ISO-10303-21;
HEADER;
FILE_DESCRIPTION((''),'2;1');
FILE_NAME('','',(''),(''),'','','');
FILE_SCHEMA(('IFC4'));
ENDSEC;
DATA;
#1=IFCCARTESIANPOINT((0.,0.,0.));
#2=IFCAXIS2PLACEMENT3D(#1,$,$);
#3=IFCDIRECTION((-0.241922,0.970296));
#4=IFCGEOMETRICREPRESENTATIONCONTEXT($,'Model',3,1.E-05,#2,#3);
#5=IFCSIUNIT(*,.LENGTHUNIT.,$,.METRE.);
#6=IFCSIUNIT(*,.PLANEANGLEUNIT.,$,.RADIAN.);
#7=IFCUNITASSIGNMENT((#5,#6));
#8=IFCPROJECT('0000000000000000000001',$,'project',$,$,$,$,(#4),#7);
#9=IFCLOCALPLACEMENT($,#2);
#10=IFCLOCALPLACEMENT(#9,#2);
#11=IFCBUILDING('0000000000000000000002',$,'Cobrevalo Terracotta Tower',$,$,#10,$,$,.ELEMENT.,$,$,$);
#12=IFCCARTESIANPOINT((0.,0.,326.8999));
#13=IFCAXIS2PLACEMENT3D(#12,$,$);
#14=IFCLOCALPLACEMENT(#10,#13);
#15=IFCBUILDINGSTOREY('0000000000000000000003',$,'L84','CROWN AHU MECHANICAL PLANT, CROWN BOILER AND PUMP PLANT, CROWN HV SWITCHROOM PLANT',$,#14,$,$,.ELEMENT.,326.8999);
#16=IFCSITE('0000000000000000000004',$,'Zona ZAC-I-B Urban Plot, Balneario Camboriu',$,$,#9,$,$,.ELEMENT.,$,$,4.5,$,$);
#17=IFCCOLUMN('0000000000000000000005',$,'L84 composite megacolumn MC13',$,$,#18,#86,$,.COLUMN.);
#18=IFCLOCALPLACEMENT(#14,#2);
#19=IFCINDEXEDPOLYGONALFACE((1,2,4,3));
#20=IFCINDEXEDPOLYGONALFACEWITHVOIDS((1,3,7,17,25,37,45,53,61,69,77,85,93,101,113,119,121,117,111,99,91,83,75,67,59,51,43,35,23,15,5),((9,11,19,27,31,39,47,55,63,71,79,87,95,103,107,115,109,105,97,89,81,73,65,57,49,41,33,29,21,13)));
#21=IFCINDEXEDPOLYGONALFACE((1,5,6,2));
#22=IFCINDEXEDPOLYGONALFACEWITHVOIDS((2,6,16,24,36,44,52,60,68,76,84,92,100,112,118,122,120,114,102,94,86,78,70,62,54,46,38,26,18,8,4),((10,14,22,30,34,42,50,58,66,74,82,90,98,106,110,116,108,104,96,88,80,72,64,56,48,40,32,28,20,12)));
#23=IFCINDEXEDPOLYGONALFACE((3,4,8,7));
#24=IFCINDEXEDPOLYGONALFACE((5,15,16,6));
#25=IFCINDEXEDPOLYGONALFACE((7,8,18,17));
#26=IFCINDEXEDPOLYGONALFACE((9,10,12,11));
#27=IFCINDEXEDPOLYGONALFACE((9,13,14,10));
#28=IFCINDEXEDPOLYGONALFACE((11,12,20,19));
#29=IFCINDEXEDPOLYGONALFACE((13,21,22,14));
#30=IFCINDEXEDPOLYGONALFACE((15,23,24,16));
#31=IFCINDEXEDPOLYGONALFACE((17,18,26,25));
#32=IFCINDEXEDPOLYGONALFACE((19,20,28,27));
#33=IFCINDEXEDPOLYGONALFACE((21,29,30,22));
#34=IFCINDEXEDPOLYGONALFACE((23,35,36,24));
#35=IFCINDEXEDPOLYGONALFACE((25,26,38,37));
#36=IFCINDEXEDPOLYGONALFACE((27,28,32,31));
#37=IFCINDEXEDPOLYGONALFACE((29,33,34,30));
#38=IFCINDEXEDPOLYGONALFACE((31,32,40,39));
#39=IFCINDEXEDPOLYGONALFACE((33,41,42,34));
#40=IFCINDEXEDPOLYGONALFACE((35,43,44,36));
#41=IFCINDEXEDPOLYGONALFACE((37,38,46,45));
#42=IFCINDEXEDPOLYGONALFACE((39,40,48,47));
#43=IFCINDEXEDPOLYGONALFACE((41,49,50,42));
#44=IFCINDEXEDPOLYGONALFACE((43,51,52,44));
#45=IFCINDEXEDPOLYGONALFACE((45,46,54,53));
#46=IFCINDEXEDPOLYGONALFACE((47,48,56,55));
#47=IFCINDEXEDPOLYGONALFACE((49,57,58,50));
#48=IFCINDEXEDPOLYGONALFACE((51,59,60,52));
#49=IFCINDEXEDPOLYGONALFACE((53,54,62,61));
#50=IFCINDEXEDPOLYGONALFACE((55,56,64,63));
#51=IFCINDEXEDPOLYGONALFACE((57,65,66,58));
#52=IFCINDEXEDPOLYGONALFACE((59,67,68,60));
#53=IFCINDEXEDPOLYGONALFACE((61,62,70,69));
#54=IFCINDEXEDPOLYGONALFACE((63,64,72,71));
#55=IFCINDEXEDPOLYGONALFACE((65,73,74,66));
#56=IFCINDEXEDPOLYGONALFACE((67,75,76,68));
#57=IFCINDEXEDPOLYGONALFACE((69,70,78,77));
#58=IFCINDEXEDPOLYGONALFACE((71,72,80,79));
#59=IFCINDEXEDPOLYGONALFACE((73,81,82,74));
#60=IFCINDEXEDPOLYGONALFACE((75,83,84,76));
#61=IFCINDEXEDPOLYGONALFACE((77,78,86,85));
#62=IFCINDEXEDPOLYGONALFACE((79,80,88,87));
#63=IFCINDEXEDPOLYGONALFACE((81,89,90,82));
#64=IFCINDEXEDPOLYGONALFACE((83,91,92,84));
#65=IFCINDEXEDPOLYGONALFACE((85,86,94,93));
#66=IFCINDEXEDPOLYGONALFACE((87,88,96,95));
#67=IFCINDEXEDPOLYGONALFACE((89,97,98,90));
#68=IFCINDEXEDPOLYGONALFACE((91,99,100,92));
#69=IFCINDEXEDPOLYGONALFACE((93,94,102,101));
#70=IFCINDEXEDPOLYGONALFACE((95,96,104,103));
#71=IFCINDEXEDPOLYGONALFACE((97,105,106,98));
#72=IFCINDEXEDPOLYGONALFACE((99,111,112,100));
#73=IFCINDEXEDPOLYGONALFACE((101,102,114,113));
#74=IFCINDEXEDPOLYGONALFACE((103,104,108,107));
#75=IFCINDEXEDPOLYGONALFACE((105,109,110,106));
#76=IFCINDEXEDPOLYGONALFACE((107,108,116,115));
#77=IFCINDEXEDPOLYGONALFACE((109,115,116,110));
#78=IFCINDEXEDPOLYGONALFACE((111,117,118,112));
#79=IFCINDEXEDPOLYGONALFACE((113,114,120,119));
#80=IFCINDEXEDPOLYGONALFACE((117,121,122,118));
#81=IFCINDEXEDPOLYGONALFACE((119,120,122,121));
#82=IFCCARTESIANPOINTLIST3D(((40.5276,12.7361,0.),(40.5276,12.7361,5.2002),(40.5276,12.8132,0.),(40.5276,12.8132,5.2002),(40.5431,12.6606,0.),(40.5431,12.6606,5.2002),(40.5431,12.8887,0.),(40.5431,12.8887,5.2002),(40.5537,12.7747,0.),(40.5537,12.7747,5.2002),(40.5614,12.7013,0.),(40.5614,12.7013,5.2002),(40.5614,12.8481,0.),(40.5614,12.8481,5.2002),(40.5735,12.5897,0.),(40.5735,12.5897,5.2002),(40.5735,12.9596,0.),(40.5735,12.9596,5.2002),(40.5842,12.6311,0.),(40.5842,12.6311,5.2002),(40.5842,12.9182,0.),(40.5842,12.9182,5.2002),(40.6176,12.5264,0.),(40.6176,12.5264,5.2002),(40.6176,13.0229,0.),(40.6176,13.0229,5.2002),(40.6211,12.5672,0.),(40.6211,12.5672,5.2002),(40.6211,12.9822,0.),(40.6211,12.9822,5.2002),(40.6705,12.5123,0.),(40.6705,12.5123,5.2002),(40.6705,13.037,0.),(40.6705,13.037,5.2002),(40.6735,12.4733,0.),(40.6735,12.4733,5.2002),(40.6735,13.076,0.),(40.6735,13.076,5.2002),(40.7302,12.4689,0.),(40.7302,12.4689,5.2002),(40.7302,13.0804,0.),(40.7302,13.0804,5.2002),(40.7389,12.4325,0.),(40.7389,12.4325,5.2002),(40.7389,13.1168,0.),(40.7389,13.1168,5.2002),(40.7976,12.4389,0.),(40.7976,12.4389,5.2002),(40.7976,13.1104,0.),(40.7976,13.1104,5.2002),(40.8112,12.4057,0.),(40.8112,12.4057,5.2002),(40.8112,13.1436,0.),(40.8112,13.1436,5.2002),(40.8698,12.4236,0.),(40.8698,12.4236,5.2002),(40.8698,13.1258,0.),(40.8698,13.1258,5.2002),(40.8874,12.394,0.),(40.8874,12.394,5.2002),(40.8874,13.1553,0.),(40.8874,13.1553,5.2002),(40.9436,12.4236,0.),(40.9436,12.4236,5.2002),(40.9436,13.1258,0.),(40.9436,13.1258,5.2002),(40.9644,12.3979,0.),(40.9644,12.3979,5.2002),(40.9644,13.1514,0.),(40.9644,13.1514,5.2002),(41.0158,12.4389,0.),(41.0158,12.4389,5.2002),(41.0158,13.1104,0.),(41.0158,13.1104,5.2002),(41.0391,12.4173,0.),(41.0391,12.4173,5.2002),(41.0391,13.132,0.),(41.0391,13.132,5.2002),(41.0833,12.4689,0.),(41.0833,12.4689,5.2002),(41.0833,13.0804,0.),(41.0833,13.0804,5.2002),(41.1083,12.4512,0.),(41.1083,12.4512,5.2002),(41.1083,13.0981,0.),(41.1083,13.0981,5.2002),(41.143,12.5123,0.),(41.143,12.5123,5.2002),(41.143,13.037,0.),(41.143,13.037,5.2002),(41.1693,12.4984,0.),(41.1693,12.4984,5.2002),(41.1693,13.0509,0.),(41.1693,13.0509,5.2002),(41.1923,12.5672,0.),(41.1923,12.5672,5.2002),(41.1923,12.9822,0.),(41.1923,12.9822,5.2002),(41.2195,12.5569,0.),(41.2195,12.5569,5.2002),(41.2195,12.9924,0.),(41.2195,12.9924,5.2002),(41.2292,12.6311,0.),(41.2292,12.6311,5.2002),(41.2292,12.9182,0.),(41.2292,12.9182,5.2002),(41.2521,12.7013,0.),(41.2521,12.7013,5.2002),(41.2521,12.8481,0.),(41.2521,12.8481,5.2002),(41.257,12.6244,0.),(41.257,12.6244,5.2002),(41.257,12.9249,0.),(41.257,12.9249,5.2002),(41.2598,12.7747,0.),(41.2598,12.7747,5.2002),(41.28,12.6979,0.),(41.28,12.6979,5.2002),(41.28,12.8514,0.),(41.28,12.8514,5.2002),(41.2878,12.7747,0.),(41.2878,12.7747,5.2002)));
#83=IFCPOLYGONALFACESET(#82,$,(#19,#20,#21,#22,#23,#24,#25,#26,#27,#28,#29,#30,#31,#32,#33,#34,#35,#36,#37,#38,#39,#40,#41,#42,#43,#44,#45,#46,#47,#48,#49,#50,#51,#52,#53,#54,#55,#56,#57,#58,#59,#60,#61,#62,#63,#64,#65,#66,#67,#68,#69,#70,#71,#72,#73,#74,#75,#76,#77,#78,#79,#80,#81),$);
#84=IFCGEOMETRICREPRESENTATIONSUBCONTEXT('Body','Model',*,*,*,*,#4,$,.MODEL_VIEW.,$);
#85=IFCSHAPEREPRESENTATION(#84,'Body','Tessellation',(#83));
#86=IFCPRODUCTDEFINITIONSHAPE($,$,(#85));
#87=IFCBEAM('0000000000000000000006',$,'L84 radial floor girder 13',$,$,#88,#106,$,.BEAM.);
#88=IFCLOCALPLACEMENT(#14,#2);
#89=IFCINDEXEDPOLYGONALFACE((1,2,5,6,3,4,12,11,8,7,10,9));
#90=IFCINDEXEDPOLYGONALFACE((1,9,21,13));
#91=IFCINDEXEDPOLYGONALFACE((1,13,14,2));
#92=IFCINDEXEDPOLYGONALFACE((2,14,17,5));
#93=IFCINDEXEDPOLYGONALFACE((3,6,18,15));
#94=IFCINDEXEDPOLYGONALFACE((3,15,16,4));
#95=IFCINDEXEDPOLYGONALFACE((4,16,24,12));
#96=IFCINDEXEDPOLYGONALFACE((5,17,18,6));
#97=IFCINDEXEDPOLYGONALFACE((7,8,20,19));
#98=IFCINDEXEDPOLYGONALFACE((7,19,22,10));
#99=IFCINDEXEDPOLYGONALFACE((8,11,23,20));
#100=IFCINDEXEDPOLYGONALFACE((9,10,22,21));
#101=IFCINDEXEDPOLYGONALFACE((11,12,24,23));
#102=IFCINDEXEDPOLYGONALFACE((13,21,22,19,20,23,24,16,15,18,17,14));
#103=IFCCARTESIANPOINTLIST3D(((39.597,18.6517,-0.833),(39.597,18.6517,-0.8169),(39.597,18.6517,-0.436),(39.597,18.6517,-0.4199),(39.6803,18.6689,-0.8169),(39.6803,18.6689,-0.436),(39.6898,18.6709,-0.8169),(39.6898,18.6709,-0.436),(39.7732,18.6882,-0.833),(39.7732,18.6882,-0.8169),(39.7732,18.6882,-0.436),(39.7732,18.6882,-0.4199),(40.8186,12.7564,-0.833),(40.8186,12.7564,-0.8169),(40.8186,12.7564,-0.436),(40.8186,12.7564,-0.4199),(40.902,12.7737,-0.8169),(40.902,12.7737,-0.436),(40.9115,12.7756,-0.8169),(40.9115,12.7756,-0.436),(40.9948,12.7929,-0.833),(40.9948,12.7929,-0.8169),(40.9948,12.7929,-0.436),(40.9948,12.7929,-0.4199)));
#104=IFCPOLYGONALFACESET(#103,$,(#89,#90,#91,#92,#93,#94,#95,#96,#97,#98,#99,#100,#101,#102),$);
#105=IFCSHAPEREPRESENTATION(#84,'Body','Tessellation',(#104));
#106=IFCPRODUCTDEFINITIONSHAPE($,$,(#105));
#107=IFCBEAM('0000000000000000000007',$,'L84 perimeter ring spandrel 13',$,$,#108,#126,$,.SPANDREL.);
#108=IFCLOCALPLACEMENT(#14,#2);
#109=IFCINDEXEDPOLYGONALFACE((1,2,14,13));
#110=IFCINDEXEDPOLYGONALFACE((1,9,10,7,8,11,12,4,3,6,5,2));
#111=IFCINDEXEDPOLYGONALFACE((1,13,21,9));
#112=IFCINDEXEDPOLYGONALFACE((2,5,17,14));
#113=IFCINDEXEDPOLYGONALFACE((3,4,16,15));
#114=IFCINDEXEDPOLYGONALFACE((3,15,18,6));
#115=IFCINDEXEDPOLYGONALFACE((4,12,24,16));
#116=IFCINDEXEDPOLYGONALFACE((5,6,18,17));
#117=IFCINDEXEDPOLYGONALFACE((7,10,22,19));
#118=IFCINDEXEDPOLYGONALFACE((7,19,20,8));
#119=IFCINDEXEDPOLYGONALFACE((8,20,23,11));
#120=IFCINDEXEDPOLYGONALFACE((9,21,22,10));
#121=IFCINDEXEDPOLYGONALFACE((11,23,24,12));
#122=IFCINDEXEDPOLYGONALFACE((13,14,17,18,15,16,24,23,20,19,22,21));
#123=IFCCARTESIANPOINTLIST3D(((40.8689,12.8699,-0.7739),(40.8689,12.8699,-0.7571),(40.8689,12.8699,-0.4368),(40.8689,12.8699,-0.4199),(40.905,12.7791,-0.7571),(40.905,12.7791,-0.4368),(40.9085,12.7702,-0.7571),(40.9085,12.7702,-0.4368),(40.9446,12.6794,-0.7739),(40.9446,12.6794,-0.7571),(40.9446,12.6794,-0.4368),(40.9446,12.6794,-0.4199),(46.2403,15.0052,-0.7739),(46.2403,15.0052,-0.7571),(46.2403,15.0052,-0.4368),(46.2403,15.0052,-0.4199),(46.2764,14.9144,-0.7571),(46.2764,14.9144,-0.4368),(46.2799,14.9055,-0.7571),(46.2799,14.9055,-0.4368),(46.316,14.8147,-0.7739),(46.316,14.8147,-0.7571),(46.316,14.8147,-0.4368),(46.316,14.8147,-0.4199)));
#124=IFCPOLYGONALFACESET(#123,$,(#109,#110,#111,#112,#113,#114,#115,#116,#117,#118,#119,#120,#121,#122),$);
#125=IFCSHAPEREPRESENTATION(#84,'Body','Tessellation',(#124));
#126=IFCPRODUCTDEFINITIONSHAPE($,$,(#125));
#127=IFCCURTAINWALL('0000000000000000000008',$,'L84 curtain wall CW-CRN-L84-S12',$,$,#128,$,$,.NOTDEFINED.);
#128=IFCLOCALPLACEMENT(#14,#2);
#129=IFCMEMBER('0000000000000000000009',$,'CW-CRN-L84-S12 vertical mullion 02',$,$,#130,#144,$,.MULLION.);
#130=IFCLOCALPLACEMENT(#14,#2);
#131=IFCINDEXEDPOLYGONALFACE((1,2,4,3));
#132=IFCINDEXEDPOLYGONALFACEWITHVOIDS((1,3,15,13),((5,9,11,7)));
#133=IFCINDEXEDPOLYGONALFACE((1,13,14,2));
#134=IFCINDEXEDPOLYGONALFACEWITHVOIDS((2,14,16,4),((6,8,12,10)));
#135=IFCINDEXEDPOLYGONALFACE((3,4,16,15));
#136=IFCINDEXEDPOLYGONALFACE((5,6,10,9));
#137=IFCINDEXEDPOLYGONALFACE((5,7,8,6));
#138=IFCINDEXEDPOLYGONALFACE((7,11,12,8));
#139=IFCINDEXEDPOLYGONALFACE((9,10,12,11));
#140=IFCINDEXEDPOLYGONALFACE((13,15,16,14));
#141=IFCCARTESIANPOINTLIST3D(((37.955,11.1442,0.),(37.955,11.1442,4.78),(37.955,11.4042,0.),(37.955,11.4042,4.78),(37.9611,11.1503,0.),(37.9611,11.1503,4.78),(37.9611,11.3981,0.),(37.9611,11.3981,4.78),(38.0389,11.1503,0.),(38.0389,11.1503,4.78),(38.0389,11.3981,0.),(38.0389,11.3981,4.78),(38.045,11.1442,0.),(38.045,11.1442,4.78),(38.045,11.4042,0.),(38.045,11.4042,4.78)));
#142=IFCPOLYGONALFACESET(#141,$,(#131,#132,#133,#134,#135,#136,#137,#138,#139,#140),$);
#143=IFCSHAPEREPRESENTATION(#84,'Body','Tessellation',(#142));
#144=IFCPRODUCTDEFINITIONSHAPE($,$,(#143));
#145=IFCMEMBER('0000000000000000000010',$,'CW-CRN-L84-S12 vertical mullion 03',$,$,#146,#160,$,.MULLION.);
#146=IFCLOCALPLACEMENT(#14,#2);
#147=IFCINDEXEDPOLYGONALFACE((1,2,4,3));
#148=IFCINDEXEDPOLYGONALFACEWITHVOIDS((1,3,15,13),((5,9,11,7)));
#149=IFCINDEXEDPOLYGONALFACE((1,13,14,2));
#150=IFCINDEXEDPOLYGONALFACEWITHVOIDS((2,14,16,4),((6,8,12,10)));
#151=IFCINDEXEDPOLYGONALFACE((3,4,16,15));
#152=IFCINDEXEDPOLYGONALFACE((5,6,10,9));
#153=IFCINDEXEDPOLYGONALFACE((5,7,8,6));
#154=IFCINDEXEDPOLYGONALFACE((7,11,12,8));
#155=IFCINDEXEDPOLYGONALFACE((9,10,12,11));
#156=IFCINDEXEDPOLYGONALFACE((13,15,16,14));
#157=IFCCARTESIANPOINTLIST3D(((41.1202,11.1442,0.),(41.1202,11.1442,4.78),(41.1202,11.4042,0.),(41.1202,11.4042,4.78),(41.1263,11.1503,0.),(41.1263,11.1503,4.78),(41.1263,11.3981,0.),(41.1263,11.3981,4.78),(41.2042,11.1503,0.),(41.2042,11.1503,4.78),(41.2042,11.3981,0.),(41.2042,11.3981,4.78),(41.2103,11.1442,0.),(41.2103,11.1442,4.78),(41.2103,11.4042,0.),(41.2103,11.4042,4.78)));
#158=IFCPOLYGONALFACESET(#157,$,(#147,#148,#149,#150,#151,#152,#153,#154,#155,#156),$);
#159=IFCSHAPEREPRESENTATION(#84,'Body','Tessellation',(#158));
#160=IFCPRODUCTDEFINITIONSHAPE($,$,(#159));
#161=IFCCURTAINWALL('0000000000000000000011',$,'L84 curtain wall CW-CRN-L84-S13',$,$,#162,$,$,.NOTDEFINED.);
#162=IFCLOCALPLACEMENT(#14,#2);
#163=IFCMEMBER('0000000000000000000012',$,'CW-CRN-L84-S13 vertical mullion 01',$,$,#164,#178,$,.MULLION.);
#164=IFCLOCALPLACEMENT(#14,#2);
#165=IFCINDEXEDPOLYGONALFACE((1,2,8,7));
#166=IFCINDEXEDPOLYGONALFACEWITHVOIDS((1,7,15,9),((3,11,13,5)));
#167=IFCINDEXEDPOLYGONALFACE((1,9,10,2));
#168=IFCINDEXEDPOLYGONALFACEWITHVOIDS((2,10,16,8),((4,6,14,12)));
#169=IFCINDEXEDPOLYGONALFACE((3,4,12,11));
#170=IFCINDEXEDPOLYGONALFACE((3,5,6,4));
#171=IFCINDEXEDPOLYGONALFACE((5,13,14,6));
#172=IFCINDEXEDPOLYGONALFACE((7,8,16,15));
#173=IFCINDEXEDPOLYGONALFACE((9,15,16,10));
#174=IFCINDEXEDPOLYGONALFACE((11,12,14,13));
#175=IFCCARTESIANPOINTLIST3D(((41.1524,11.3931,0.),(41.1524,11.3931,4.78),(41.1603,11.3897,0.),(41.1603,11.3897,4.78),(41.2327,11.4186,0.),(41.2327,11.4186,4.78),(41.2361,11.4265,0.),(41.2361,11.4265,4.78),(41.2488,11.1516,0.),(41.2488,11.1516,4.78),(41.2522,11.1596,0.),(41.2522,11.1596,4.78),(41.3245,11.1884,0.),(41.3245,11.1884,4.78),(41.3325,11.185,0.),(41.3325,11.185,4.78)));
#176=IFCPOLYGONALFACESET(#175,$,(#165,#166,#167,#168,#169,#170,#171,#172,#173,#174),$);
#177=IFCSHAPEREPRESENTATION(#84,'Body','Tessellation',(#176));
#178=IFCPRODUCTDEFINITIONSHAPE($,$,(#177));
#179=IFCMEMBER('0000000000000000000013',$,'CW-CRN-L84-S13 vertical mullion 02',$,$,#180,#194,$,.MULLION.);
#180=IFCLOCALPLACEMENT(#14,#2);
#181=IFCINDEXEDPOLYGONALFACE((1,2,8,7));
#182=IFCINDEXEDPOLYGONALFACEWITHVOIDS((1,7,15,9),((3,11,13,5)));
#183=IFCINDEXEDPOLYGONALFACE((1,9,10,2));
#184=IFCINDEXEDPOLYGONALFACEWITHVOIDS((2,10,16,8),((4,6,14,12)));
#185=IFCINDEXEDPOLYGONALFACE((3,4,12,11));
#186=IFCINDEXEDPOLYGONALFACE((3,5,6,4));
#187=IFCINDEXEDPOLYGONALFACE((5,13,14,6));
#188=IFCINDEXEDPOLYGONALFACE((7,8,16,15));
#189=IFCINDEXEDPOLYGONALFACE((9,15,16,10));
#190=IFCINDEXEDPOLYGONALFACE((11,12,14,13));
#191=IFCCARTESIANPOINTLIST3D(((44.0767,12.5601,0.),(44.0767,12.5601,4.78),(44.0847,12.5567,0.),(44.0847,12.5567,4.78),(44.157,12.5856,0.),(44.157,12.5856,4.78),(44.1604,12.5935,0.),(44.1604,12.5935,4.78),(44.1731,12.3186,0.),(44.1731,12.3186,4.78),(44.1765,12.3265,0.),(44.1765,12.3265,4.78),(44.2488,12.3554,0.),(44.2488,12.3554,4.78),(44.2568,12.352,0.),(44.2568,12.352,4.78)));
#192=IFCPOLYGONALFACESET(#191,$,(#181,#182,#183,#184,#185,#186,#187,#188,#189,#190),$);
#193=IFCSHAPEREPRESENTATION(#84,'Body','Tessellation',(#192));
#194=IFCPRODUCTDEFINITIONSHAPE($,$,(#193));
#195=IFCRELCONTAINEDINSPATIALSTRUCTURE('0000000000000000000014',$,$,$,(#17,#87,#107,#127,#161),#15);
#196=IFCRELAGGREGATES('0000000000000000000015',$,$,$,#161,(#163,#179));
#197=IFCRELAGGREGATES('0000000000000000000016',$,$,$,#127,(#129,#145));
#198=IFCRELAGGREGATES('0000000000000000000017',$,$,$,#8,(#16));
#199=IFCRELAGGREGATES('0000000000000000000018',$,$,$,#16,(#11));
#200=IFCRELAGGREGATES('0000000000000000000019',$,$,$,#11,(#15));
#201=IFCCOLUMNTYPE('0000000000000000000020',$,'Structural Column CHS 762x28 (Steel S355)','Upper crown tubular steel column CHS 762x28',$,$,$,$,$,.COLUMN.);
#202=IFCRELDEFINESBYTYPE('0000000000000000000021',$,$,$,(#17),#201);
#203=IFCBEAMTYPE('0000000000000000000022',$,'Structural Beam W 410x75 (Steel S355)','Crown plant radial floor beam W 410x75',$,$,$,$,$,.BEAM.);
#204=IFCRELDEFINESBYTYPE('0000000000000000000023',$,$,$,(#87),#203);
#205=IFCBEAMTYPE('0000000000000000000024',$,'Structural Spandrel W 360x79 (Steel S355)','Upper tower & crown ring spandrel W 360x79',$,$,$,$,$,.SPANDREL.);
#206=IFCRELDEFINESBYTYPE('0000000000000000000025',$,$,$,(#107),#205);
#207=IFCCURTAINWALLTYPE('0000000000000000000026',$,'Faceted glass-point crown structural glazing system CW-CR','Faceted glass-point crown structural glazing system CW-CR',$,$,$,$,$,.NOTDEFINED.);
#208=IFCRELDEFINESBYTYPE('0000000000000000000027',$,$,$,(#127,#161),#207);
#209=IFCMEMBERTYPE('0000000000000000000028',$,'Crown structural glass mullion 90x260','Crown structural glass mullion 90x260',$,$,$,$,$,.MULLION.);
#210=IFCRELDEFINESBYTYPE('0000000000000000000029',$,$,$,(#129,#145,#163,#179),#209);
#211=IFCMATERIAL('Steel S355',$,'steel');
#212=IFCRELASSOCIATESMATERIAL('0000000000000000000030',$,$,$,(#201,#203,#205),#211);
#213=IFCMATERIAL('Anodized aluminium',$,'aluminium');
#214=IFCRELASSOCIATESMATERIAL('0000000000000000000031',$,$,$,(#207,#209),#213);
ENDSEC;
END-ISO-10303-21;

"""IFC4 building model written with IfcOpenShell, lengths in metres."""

from ifc_helpers import new_model, si_unit, direction, frame, origin, origin_2d, place, context, subcontext, project, spatial, hollow_rectangle, hollow_circle, i_section, extrude, source, transform, mapped, material, material_profile, profile_set, type_object, element, aggregate, save


model = new_model("IFC4")

# Units and contexts
model_context = context("Model", 3, precision=1e-05, world=origin(), true_north=direction((-0.241922, 0.970296)))
body_context = subcontext(model_context, "Body", "Model", "MODEL_VIEW")
ifc_project = project(units=[si_unit("LENGTHUNIT", "METRE"), si_unit("PLANEANGLEUNIT", "RADIAN")], contexts=[model_context])

# Site, building, storey
site_placement = place(None, origin())
site = spatial("IfcSite", under=ifc_project, at=site_placement, Name="Zona ZAC-I-B Urban Plot, Balneario Camboriu", CompositionType="ELEMENT", RefElevation=4.5)
building_placement = place(site_placement, origin())
building = spatial("IfcBuilding", under=site, at=building_placement, Name="Cobrevalo Terracotta Tower", CompositionType="ELEMENT")
storey_placement = place(building_placement, frame((0.0, 0.0, 326.8999)))
storey = spatial("IfcBuildingStorey", under=building, at=storey_placement, Name="L84", Description="CROWN AHU MECHANICAL PLANT, CROWN BOILER AND PUMP PLANT, CROWN HV SWITCHROOM PLANT", CompositionType="ELEMENT", Elevation=326.8999)

# Column
ifc_material_1 = material(Name="Steel S355", Category="steel")
ifc_material_profile_1 = material_profile(ifc_material_1, hollow_circle(Radius=0.3811, WallThickness=0.0281, at=origin_2d()), Name="CHS 762x28")
ifc_profile_set_1 = profile_set([ifc_material_profile_1], Name="Steel S355")
column_type = type_object("IfcColumnType", Name="Structural Column CHS 762x28 (Steel S355)", Description="Upper crown tubular steel column CHS 762x28", PredefinedType="COLUMN", material=ifc_profile_set_1)
column_placement = place(storey_placement, frame((40.9067, 12.7747, 0.0), z_axis=(0.0, 0.0, 1.0), x_axis=(1.0, 0.0, 0.0)))
element("IfcColumn", 1, at=column_placement, inside=storey, type_object=column_type, Name="L84 composite megacolumn MC13", PredefinedType="COLUMN", context=body_context, shape_type="SweptSolid", body=[
    extrude(hollow_circle(Radius=0.3811, WallThickness=0.0281, at=origin_2d()), origin(), (0.0, 0.0, 1.0), 5.2002),
])

# Beams
ifc_material_profile_2 = material_profile(ifc_material_1, i_section(OverallWidth=0.1799, OverallDepth=0.4131, WebThickness=0.0098, FlangeThickness=0.0161, at=origin_2d()), Name="W 410x75")
ifc_profile_set_2 = profile_set([ifc_material_profile_2], Name="Steel S355")
beam_type_1 = type_object("IfcBeamType", Name="Structural Beam W 410x75 (Steel S355)", Description="Crown plant radial floor beam W 410x75", PredefinedType="BEAM", material=ifc_profile_set_2)
beam_1_placement = place(storey_placement, frame((40.9067, 12.7747, -0.6265), z_axis=(-0.202919, 0.979195, 0.0), x_axis=(-0.979195, -0.202919, 0.0)))
element("IfcBeam", 2, at=beam_1_placement, inside=storey, type_object=beam_type_1, Name="L84 radial floor girder 13", PredefinedType="BEAM", context=body_context, shape_type="SweptSolid", body=[
    extrude(i_section(OverallWidth=0.1799, OverallDepth=0.4131, WebThickness=0.0098, FlangeThickness=0.0161, at=origin_2d()), origin(), (0.0, 0.0, 1.0), 6.0205),
])
ifc_material_profile_3 = material_profile(ifc_material_1, i_section(OverallWidth=0.2051, OverallDepth=0.354, WebThickness=0.0095, FlangeThickness=0.0168, at=origin_2d()), Name="W 360x79")
ifc_profile_set_3 = profile_set([ifc_material_profile_3], Name="Steel S355")
beam_type_2 = type_object("IfcBeamType", Name="Structural Spandrel W 360x79 (Steel S355)", Description="Upper tower & crown ring spandrel W 360x79", PredefinedType="SPANDREL", material=ifc_profile_set_3)
beam_2_placement = place(storey_placement, frame((40.9067, 12.7747, -0.5969), z_axis=(0.929267, 0.369409, 0.0), x_axis=(-0.369409, 0.929267, 0.0)))
element("IfcBeam", 3, at=beam_2_placement, inside=storey, type_object=beam_type_2, Name="L84 perimeter ring spandrel 13", PredefinedType="SPANDREL", context=body_context, shape_type="SweptSolid", body=[
    extrude(i_section(OverallWidth=0.2051, OverallDepth=0.354, WebThickness=0.0095, FlangeThickness=0.0168, at=origin_2d()), origin(), (0.0, 0.0, 1.0), 5.7803),
])

# Curtain walls, members
ifc_material_2 = material(Name="Anodized aluminium", Category="aluminium")
curtain_wall_type = type_object("IfcCurtainWallType", Name="Faceted glass-point crown structural glazing system CW-CR", Description="Faceted glass-point crown structural glazing system CW-CR", PredefinedType="NOTDEFINED", material=ifc_material_2)
curtain_wall_1_placement = place(storey_placement, origin())
curtain_wall_1 = element("IfcCurtainWall", 4, at=curtain_wall_1_placement, inside=storey, type_object=curtain_wall_type, Name="L84 curtain wall CW-CRN-L84-S12", PredefinedType="NOTDEFINED")
ifc_material_profile_4 = material_profile(ifc_material_2, hollow_rectangle(XDim=0.0901, YDim=0.26, WallThickness=0.0061, at=origin_2d()), Name="CWM 90x260")
ifc_profile_set_4 = profile_set([ifc_material_profile_4], Name="Anodized aluminium")
member_type_1 = type_object("IfcMemberType", Name="Crown structural glass mullion 90x260", Description="Crown structural glass mullion 90x260", PredefinedType="MULLION", material=ifc_profile_set_4)
shared_shape_1 = source(origin(), body_context, "Body", "SweptSolid", [
    extrude(hollow_rectangle(XDim=0.0901, YDim=0.26, WallThickness=0.0061, at=origin_2d()), origin(), (0.0, 0.0, 1.0), 4.78),
])
member_1_placement = place(storey_placement, frame((38.0, 11.2742, 0.0), z_axis=(0.0, 0.0, 1.0), x_axis=(1.0, 0.0, 0.0)))
member_1 = element("IfcMember", 5, at=member_1_placement, type_object=member_type_1, Name="CW-CRN-L84-S12 vertical mullion 02", PredefinedType="MULLION", context=body_context, shape_type="MappedRepresentation", body=[
    mapped(shared_shape_1, transform((0.0, 0.0, 0.0), scale=1.0)),
])
member_2_placement = place(storey_placement, frame((41.1653, 11.2742, 0.0), z_axis=(0.0, 0.0, 1.0), x_axis=(1.0, 0.0, 0.0)))
member_2 = element("IfcMember", 6, at=member_2_placement, type_object=member_type_1, Name="CW-CRN-L84-S12 vertical mullion 03", PredefinedType="MULLION", context=body_context, shape_type="MappedRepresentation", body=[
    mapped(shared_shape_1, transform((0.0, 0.0, 0.0), scale=1.0)),
])
curtain_wall_2_placement = place(storey_placement, origin())
curtain_wall_2 = element("IfcCurtainWall", 7, at=curtain_wall_2_placement, inside=storey, type_object=curtain_wall_type, Name="L84 curtain wall CW-CRN-L84-S13", PredefinedType="NOTDEFINED")
member_3_placement = place(storey_placement, frame((41.2424, 11.2891, 0.0), z_axis=(0.0, 0.0, 1.0), x_axis=(0.928771, 0.370655, 0.0)))
member_3 = element("IfcMember", 8, at=member_3_placement, type_object=member_type_1, Name="CW-CRN-L84-S13 vertical mullion 01", PredefinedType="MULLION", context=body_context, shape_type="MappedRepresentation", body=[
    mapped(shared_shape_1, transform((0.0, 0.0, 0.0), scale=1.0)),
])
member_4_placement = place(storey_placement, frame((44.1667, 12.4561, 0.0), z_axis=(0.0, 0.0, 1.0), x_axis=(0.928771, 0.370655, 0.0)))
member_4 = element("IfcMember", 9, at=member_4_placement, type_object=member_type_1, Name="CW-CRN-L84-S13 vertical mullion 02", PredefinedType="MULLION", context=body_context, shape_type="MappedRepresentation", body=[
    mapped(shared_shape_1, transform((0.0, 0.0, 0.0), scale=1.0)),
])

aggregate(curtain_wall_2, [member_3, member_4])
aggregate(curtain_wall_1, [member_1, member_2])

save(model, "model.ifc")
